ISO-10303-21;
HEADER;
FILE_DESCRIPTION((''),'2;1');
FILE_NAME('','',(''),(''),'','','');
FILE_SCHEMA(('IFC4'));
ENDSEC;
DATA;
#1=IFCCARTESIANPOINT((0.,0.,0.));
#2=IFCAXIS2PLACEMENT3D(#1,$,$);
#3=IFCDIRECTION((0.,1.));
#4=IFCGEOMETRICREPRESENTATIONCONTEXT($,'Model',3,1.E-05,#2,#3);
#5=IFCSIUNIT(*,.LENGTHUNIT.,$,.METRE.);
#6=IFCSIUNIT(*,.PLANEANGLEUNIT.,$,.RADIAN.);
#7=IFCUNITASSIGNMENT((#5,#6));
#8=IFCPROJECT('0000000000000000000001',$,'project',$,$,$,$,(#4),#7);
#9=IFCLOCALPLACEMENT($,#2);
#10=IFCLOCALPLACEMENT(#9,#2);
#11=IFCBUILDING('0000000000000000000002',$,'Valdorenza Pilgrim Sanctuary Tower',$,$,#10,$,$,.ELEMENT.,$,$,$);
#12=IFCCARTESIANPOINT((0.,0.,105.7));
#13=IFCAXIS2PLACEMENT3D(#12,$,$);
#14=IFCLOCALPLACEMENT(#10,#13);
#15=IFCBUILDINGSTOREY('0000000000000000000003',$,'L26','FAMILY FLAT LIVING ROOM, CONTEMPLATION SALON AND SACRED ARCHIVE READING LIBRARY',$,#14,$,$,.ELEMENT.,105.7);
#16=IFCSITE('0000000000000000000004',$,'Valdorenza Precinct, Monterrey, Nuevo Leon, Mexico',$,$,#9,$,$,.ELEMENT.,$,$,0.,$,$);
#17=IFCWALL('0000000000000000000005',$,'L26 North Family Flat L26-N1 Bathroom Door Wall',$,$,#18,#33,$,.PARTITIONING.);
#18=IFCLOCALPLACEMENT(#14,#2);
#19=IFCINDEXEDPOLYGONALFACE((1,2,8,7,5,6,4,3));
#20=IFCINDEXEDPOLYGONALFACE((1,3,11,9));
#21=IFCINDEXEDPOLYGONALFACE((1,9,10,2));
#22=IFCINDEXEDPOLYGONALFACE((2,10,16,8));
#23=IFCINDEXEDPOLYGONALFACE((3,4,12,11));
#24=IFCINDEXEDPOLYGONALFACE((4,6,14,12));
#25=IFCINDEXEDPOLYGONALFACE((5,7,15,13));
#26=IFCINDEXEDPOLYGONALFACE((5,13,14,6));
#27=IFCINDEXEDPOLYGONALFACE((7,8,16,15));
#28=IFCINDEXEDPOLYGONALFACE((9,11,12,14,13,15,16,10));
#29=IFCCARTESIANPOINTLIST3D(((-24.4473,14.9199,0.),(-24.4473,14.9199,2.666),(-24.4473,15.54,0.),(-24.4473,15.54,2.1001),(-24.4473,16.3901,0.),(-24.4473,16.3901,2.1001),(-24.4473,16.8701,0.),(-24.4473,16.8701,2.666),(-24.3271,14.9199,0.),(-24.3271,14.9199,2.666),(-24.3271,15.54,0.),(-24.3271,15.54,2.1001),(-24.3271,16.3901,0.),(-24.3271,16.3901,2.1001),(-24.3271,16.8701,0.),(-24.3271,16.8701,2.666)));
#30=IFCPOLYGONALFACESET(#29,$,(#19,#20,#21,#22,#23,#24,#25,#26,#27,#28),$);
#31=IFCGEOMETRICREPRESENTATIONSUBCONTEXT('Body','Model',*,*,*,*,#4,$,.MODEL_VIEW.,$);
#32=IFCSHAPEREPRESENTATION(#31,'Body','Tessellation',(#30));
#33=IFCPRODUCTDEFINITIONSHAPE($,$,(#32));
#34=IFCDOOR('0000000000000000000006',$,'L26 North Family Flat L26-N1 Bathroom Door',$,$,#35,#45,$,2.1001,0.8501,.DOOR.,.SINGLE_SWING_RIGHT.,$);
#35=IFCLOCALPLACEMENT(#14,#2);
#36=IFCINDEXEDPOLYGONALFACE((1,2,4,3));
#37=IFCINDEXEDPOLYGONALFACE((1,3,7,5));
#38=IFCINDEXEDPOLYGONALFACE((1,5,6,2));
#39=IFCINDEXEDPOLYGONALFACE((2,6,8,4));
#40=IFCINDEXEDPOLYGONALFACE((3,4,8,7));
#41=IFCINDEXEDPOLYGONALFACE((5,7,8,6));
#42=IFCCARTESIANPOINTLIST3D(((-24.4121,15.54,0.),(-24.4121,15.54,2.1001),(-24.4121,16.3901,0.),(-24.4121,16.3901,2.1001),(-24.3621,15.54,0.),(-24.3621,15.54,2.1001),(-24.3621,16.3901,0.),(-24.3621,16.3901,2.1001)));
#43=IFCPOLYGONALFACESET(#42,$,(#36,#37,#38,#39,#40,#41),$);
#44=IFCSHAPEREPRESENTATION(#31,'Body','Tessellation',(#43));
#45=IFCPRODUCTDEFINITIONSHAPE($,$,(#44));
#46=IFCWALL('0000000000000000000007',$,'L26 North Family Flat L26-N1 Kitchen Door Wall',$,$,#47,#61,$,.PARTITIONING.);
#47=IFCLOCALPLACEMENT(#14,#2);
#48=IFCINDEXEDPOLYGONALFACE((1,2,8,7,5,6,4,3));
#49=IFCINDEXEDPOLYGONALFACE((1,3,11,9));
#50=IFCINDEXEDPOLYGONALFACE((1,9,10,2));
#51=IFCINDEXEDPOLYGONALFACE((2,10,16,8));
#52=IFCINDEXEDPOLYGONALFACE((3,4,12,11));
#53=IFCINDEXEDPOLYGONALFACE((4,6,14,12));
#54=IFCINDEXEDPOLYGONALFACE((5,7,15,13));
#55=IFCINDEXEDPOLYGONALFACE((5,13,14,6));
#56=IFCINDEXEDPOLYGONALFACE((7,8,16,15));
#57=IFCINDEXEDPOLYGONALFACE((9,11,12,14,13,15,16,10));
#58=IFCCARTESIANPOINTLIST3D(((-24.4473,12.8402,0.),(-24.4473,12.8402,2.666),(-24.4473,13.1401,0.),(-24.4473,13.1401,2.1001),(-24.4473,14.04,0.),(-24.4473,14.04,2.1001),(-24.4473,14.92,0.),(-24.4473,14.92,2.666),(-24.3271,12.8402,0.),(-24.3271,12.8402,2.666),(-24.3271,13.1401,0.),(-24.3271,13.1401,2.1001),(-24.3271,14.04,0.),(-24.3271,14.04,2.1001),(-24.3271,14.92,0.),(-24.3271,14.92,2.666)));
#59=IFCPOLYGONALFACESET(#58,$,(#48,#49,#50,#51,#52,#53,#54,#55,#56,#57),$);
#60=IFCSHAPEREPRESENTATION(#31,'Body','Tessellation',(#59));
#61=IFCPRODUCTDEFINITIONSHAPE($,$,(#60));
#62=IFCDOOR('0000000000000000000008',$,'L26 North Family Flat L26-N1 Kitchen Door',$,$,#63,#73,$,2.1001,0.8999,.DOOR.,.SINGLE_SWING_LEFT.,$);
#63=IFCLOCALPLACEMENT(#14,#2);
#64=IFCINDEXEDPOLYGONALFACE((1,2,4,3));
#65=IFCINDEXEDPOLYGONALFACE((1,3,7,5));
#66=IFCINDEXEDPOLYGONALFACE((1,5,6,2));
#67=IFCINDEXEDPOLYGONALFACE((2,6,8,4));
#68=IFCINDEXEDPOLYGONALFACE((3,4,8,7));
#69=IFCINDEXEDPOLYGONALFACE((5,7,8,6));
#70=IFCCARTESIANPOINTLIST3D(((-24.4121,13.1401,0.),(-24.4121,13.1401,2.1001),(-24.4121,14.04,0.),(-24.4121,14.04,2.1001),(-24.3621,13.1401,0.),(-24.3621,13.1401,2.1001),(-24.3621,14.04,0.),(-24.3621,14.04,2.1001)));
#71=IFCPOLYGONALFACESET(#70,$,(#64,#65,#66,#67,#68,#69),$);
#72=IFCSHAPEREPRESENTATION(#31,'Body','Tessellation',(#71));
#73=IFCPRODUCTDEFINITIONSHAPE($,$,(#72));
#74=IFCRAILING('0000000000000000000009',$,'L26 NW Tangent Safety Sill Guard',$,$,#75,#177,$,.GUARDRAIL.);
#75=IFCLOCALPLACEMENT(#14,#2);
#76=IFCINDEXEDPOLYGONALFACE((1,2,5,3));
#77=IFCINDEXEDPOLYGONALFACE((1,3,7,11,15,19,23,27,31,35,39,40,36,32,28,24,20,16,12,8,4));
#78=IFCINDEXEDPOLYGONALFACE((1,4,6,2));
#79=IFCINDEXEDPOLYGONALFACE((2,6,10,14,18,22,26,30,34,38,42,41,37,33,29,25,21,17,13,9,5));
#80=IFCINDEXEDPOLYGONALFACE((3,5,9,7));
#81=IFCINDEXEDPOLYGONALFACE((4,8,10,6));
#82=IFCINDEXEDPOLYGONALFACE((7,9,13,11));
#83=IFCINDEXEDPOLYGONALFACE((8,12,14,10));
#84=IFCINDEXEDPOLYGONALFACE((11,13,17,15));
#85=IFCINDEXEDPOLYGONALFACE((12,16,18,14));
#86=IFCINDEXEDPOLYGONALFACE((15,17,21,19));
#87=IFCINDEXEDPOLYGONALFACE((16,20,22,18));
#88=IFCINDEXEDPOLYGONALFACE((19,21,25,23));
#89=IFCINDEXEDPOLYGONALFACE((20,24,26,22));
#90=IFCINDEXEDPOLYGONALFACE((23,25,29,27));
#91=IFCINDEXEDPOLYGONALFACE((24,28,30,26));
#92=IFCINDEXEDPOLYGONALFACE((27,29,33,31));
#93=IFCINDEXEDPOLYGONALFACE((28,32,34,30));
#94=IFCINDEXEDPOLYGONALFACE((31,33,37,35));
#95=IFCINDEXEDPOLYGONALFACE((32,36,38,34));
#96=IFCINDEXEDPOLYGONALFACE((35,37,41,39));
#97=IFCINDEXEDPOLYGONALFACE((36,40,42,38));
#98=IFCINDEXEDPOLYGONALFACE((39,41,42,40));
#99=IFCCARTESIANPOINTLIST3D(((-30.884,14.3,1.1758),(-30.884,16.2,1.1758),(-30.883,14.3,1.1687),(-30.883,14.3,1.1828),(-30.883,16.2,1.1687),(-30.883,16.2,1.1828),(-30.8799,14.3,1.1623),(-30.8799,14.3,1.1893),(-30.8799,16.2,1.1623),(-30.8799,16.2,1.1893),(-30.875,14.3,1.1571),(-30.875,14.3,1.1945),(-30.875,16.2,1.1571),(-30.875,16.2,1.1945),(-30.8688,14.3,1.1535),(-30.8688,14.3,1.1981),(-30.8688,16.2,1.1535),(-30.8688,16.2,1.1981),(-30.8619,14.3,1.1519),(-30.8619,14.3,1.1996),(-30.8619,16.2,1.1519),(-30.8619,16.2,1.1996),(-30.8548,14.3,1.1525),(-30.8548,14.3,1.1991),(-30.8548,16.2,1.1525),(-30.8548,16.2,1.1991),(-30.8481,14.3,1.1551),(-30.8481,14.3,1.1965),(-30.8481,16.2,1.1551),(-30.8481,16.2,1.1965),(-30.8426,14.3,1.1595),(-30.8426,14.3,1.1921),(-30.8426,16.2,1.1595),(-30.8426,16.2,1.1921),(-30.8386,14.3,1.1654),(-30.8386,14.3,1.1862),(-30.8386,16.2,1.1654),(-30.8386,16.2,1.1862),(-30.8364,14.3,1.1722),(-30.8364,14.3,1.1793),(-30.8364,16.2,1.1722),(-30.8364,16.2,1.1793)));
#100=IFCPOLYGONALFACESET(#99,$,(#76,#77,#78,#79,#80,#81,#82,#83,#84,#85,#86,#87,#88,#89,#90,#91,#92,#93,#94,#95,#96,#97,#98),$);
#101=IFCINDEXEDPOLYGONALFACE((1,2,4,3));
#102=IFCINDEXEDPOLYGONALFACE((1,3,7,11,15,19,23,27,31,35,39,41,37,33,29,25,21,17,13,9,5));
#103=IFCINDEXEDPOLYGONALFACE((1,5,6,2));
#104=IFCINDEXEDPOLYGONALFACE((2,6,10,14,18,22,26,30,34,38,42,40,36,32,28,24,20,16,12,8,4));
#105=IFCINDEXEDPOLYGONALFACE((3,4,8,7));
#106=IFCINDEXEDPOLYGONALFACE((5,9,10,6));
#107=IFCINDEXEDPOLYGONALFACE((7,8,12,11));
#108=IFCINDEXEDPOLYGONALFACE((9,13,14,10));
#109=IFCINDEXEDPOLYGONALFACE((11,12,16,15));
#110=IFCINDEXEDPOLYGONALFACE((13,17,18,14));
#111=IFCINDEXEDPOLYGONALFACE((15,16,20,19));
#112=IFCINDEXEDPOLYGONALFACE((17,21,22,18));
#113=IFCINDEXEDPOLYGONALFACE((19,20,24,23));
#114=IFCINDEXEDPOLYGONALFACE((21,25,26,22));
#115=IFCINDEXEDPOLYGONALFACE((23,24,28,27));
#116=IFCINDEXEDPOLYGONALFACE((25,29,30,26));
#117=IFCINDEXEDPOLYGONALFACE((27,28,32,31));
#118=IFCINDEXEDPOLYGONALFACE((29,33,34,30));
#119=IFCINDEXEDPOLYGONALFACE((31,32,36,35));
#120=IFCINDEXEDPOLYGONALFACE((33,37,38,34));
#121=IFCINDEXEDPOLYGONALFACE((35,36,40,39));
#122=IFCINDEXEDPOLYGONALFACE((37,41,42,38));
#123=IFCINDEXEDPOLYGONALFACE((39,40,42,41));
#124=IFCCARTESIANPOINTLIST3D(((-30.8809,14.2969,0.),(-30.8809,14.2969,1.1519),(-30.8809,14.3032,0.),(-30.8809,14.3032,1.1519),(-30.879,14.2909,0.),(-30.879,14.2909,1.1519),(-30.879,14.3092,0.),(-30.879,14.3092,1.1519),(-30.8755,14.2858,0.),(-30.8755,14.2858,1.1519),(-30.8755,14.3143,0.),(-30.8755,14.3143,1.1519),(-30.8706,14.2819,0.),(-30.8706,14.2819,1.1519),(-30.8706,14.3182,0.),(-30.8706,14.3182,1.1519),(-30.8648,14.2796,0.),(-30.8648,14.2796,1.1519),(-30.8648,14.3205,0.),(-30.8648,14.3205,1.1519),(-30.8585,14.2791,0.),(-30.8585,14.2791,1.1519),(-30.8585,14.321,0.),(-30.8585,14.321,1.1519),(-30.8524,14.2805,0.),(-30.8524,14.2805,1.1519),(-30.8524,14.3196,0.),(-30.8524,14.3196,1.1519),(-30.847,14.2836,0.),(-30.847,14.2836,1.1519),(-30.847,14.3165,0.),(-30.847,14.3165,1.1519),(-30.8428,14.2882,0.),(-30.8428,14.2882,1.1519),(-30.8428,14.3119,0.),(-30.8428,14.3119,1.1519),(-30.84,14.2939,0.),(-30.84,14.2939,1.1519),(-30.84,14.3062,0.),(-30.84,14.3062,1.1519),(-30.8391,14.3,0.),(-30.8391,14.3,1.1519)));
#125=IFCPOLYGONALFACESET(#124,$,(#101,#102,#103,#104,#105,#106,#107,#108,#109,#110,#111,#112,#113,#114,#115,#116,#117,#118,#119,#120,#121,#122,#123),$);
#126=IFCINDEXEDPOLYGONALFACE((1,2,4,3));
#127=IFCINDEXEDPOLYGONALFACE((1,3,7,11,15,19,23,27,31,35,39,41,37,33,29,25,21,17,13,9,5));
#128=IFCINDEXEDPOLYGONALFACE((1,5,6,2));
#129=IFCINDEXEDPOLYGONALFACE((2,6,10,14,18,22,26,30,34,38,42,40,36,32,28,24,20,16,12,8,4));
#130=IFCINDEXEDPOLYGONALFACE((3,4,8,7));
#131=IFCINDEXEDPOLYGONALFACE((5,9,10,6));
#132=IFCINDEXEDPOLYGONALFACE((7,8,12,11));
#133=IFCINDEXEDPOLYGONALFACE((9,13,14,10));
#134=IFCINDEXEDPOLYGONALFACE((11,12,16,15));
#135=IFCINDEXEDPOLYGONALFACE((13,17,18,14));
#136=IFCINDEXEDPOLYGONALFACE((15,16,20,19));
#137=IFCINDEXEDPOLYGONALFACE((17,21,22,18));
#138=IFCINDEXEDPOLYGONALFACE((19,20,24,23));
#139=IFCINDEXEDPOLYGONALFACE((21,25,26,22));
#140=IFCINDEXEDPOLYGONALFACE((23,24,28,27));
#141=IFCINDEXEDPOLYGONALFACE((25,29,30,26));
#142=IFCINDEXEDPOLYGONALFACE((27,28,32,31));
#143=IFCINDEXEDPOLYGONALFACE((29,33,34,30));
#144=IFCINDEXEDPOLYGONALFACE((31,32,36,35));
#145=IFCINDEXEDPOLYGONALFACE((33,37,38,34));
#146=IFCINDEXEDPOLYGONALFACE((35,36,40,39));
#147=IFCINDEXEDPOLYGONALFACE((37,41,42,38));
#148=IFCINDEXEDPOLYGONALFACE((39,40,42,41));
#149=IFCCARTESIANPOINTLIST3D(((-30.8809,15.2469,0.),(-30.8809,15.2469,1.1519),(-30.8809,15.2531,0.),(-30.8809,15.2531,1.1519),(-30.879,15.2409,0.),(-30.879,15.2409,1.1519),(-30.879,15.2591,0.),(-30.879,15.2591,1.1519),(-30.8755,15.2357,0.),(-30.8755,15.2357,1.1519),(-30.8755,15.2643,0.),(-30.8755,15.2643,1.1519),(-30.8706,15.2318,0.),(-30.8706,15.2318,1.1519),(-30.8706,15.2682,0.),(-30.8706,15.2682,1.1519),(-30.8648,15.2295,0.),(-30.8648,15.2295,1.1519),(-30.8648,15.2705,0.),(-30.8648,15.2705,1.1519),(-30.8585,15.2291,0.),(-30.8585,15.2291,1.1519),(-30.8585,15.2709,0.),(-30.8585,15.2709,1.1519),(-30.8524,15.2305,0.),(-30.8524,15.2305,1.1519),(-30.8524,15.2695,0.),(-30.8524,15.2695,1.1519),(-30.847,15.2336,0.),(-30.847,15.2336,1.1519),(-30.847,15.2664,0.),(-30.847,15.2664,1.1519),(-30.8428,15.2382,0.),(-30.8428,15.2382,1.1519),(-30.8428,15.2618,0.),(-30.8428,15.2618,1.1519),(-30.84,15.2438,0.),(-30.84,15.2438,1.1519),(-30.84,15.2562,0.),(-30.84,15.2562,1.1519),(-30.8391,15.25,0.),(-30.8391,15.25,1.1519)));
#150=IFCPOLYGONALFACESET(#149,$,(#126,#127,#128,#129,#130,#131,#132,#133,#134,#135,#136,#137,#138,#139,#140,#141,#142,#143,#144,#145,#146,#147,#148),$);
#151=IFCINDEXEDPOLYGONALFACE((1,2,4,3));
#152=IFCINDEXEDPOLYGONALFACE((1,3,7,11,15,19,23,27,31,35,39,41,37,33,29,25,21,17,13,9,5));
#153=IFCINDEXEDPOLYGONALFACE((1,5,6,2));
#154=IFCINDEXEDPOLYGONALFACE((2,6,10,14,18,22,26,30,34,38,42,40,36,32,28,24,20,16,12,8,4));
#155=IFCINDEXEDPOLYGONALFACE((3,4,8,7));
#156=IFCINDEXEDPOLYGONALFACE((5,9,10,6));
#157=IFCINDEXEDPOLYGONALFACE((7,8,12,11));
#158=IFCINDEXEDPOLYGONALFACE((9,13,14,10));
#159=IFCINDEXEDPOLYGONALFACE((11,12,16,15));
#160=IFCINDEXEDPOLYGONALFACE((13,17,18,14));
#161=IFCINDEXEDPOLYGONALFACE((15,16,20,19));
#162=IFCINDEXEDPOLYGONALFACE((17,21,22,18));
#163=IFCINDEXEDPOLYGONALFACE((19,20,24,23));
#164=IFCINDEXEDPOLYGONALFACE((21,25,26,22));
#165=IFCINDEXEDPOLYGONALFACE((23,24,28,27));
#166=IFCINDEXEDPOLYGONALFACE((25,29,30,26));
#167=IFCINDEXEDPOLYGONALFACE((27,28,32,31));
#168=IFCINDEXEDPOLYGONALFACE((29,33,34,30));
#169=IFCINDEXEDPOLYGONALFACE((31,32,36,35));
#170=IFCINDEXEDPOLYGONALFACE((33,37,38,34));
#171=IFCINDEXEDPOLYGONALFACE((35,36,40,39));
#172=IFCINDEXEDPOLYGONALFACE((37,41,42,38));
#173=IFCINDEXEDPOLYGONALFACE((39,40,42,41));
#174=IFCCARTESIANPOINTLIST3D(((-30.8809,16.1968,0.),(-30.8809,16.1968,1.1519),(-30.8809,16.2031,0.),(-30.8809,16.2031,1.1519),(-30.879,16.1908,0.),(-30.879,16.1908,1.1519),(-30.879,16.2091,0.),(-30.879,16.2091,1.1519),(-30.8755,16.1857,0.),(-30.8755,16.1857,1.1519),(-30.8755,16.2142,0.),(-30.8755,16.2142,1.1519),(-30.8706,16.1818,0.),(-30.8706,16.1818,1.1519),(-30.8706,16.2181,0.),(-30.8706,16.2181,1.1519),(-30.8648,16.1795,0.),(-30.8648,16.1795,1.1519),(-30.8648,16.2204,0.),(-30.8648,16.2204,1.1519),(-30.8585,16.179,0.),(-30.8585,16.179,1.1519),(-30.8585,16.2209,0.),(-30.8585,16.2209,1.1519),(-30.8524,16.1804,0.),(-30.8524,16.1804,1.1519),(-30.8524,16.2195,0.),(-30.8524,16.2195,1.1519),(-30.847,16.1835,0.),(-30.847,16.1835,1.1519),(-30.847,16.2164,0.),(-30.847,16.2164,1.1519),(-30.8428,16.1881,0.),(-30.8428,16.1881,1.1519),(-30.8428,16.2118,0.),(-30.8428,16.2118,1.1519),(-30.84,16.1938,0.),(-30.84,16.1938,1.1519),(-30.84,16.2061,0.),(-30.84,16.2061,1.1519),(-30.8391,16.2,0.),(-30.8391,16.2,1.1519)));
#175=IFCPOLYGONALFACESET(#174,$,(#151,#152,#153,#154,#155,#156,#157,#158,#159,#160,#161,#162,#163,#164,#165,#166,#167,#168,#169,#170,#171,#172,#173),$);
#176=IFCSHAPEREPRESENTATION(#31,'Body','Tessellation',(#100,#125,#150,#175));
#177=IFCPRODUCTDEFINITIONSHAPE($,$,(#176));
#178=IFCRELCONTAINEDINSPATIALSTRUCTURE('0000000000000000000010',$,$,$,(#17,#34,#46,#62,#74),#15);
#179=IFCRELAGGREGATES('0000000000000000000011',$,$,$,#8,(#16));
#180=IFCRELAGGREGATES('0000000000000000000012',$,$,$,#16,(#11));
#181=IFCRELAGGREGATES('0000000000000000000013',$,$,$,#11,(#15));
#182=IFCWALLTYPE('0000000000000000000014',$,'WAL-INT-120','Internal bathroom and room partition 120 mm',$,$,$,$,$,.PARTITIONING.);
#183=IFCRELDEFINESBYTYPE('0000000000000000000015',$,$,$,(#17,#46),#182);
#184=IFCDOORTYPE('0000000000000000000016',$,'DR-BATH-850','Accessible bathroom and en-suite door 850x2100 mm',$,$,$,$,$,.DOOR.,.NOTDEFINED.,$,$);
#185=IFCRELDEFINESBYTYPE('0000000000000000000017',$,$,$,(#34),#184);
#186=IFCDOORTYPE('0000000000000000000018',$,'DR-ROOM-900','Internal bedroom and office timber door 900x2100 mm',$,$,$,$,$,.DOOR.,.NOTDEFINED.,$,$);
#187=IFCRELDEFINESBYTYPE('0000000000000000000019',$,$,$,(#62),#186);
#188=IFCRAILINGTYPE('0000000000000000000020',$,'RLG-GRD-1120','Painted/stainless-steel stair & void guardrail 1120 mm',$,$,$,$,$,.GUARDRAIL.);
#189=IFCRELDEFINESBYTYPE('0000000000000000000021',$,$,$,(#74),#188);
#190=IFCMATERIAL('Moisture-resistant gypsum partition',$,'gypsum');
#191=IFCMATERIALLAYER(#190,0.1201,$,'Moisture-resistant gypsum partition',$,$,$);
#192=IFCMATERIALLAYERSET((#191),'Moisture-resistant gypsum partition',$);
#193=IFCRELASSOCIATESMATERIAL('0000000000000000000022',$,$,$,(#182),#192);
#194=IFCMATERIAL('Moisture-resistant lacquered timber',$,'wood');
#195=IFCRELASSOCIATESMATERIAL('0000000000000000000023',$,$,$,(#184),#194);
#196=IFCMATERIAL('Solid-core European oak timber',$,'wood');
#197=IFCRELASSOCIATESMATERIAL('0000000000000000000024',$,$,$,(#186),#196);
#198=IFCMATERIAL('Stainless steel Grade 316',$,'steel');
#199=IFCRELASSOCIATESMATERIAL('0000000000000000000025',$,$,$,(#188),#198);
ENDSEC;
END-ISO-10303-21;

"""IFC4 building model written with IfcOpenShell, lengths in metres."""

from ifc_helpers import new_model, si_unit, direction, frame, frame_2d, origin, origin_2d, place, context, subcontext, project, spatial, rectangle, circle, extrude, material, layer, layer_set, type_object, element, fill, save


model = new_model("IFC4")

# Units and contexts
model_context = context("Model", 3, precision=1e-05, world=origin(), true_north=direction((0.0, 1.0)))
body_context = subcontext(model_context, "Body", "Model", "MODEL_VIEW")
ifc_project = project(units=[si_unit("LENGTHUNIT", "METRE"), si_unit("PLANEANGLEUNIT", "RADIAN")], contexts=[model_context])

# Site, building, storey
site_placement = place(None, origin())
site = spatial("IfcSite", under=ifc_project, at=site_placement, Name="Valdorenza Precinct, Monterrey, Nuevo Leon, Mexico", CompositionType="ELEMENT", RefElevation=0.0)
building_placement = place(site_placement, origin())
building = spatial("IfcBuilding", under=site, at=building_placement, Name="Valdorenza Pilgrim Sanctuary Tower", CompositionType="ELEMENT")
storey_placement = place(building_placement, frame((0.0, 0.0, 105.7)))
storey = spatial("IfcBuildingStorey", under=building, at=storey_placement, Name="L26", Description="FAMILY FLAT LIVING ROOM, CONTEMPLATION SALON AND SACRED ARCHIVE READING LIBRARY", CompositionType="ELEMENT", Elevation=105.7)

# Shared definitions
ifc_material_1 = material(Name="Solid-core European oak timber", Category="wood")

# Shared definitions
ifc_material_2 = material(Name="Moisture-resistant gypsum partition", Category="gypsum")
ifc_layer_1 = layer(ifc_material_2, 0.1201, Name="Moisture-resistant gypsum partition")
ifc_layer_set_1 = layer_set([ifc_layer_1], Name="Moisture-resistant gypsum partition")
wall_type_1 = type_object("IfcWallType", Name="WAL-INT-120", Description="Internal bathroom and room partition 120 mm", PredefinedType="PARTITIONING", material=ifc_layer_set_1)

# Walls, openings, doors
wall_1_placement = place(storey_placement, frame((-24.3872, 14.9199, 0.0), z_axis=(0.0, 0.0, 1.0), x_axis=(0.0, 1.0, 0.0)))
wall_1 = element("IfcWall", 1, at=wall_1_placement, inside=storey, type_object=wall_type_1, Name="L26 North Family Flat L26-N1 Bathroom Door Wall", PredefinedType="PARTITIONING", context=body_context, shape_type="SweptSolid", body=[
    extrude(rectangle(XDim=1.9502, YDim=0.1201, at=frame_2d((0.9751, 0.0))), origin(), (0.0, 0.0, 1.0), 2.666),
])
opening_1_placement = place(wall_1_placement, frame((0.6201, 0.0, 0.0)))
opening_1 = element("IfcOpeningElement", 2, at=opening_1_placement, cuts=wall_1, PredefinedType="OPENING", context=body_context, shape_type="SweptSolid", body=[
    extrude(rectangle(XDim=0.8501, YDim=2.1001, at=frame_2d((0.425, 1.05))), frame((0.0, 0.075, 0.0), z_axis=(0.0, -1.0, 0.0), x_axis=(1.0, 0.0, 0.0)), (0.0, 0.0, 1.0), 0.1499),
])
ifc_material_3 = material(Name="Moisture-resistant lacquered timber", Category="wood")
door_type_1 = type_object("IfcDoorType", Name="DR-BATH-850", Description="Accessible bathroom and en-suite door 850x2100 mm", OperationType="NOTDEFINED", PredefinedType="DOOR", material=ifc_material_3)
door_1_placement = place(opening_1_placement, origin())
door_1 = element("IfcDoor", 3, at=door_1_placement, inside=storey, type_object=door_type_1, Name="L26 North Family Flat L26-N1 Bathroom Door", OperationType="SINGLE_SWING_RIGHT", OverallHeight=2.1001, OverallWidth=0.8501, PredefinedType="DOOR", context=body_context, shape_type="SweptSolid", body=[
    extrude(rectangle(XDim=0.8501, YDim=2.1001, at=frame_2d((0.425, 1.05))), frame((0.0, 0.0249, 0.0), z_axis=(0.0, -1.0, 0.0), x_axis=(1.0, 0.0, 0.0)), (0.0, 0.0, 1.0), 0.05),
])
fill(opening_1, door_1)
wall_2_placement = place(storey_placement, frame((-24.3872, 12.8401, 0.0), z_axis=(0.0, 0.0, 1.0), x_axis=(0.0, 1.0, 0.0)))
wall_2 = element("IfcWall", 4, at=wall_2_placement, inside=storey, type_object=wall_type_1, Name="L26 North Family Flat L26-N1 Kitchen Door Wall", PredefinedType="PARTITIONING", context=body_context, shape_type="SweptSolid", body=[
    extrude(rectangle(XDim=2.0798, YDim=0.1201, at=frame_2d((1.04, 0.0))), origin(), (0.0, 0.0, 1.0), 2.666),
])
opening_2_placement = place(wall_2_placement, frame((0.3, 0.0, 0.0)))
opening_2 = element("IfcOpeningElement", 5, at=opening_2_placement, cuts=wall_2, PredefinedType="OPENING", context=body_context, shape_type="SweptSolid", body=[
    extrude(rectangle(XDim=0.8999, YDim=2.1001, at=frame_2d((0.45, 1.05))), frame((0.0, 0.075, 0.0), z_axis=(0.0, -1.0, 0.0), x_axis=(1.0, 0.0, 0.0)), (0.0, 0.0, 1.0), 0.1499),
])
door_type_2 = type_object("IfcDoorType", Name="DR-ROOM-900", Description="Internal bedroom and office timber door 900x2100 mm", OperationType="NOTDEFINED", PredefinedType="DOOR", material=ifc_material_1)
door_2_placement = place(opening_2_placement, origin())
door_2 = element("IfcDoor", 6, at=door_2_placement, inside=storey, type_object=door_type_2, Name="L26 North Family Flat L26-N1 Kitchen Door", OperationType="SINGLE_SWING_LEFT", OverallHeight=2.1001, OverallWidth=0.8999, PredefinedType="DOOR", context=body_context, shape_type="SweptSolid", body=[
    extrude(rectangle(XDim=0.8999, YDim=2.1001, at=frame_2d((0.45, 1.05))), frame((0.0, 0.0249, 0.0), z_axis=(0.0, -1.0, 0.0), x_axis=(1.0, 0.0, 0.0)), (0.0, 0.0, 1.0), 0.05),
])
fill(opening_2, door_2)

# Railing
ifc_material_4 = material(Name="Stainless steel Grade 316", Category="steel")
railing_type = type_object("IfcRailingType", Name="RLG-GRD-1120", Description="Painted/stainless-steel stair & void guardrail 1120 mm", PredefinedType="GUARDRAIL", material=ifc_material_4)
railing_placement = place(storey_placement, frame((-30.8601, 14.3, 0.0)))
element("IfcRailing", 7, at=railing_placement, inside=storey, type_object=railing_type, Name="L26 NW Tangent Safety Sill Guard", PredefinedType="GUARDRAIL", context=body_context, shape_type="SweptSolid", body=[
    extrude(circle(Radius=0.0239, at=origin_2d()), frame((0.0, 0.0, 1.1758), z_axis=(0.0, 1.0, 0.0), x_axis=(-1.0, 0.0, 0.0)), (0.0, 0.0, 1.0), 1.8999),
    extrude(circle(Radius=0.021, at=origin_2d()), origin(), (0.0, 0.0, 1.0), 1.1519),
    extrude(circle(Radius=0.021, at=origin_2d()), frame((0.0, 0.95, 0.0)), (0.0, 0.0, 1.0), 1.1519),
    extrude(circle(Radius=0.021, at=origin_2d()), frame((0.0, 1.8999, 0.0)), (0.0, 0.0, 1.0), 1.1519),
])

save(model, "model.ifc")
